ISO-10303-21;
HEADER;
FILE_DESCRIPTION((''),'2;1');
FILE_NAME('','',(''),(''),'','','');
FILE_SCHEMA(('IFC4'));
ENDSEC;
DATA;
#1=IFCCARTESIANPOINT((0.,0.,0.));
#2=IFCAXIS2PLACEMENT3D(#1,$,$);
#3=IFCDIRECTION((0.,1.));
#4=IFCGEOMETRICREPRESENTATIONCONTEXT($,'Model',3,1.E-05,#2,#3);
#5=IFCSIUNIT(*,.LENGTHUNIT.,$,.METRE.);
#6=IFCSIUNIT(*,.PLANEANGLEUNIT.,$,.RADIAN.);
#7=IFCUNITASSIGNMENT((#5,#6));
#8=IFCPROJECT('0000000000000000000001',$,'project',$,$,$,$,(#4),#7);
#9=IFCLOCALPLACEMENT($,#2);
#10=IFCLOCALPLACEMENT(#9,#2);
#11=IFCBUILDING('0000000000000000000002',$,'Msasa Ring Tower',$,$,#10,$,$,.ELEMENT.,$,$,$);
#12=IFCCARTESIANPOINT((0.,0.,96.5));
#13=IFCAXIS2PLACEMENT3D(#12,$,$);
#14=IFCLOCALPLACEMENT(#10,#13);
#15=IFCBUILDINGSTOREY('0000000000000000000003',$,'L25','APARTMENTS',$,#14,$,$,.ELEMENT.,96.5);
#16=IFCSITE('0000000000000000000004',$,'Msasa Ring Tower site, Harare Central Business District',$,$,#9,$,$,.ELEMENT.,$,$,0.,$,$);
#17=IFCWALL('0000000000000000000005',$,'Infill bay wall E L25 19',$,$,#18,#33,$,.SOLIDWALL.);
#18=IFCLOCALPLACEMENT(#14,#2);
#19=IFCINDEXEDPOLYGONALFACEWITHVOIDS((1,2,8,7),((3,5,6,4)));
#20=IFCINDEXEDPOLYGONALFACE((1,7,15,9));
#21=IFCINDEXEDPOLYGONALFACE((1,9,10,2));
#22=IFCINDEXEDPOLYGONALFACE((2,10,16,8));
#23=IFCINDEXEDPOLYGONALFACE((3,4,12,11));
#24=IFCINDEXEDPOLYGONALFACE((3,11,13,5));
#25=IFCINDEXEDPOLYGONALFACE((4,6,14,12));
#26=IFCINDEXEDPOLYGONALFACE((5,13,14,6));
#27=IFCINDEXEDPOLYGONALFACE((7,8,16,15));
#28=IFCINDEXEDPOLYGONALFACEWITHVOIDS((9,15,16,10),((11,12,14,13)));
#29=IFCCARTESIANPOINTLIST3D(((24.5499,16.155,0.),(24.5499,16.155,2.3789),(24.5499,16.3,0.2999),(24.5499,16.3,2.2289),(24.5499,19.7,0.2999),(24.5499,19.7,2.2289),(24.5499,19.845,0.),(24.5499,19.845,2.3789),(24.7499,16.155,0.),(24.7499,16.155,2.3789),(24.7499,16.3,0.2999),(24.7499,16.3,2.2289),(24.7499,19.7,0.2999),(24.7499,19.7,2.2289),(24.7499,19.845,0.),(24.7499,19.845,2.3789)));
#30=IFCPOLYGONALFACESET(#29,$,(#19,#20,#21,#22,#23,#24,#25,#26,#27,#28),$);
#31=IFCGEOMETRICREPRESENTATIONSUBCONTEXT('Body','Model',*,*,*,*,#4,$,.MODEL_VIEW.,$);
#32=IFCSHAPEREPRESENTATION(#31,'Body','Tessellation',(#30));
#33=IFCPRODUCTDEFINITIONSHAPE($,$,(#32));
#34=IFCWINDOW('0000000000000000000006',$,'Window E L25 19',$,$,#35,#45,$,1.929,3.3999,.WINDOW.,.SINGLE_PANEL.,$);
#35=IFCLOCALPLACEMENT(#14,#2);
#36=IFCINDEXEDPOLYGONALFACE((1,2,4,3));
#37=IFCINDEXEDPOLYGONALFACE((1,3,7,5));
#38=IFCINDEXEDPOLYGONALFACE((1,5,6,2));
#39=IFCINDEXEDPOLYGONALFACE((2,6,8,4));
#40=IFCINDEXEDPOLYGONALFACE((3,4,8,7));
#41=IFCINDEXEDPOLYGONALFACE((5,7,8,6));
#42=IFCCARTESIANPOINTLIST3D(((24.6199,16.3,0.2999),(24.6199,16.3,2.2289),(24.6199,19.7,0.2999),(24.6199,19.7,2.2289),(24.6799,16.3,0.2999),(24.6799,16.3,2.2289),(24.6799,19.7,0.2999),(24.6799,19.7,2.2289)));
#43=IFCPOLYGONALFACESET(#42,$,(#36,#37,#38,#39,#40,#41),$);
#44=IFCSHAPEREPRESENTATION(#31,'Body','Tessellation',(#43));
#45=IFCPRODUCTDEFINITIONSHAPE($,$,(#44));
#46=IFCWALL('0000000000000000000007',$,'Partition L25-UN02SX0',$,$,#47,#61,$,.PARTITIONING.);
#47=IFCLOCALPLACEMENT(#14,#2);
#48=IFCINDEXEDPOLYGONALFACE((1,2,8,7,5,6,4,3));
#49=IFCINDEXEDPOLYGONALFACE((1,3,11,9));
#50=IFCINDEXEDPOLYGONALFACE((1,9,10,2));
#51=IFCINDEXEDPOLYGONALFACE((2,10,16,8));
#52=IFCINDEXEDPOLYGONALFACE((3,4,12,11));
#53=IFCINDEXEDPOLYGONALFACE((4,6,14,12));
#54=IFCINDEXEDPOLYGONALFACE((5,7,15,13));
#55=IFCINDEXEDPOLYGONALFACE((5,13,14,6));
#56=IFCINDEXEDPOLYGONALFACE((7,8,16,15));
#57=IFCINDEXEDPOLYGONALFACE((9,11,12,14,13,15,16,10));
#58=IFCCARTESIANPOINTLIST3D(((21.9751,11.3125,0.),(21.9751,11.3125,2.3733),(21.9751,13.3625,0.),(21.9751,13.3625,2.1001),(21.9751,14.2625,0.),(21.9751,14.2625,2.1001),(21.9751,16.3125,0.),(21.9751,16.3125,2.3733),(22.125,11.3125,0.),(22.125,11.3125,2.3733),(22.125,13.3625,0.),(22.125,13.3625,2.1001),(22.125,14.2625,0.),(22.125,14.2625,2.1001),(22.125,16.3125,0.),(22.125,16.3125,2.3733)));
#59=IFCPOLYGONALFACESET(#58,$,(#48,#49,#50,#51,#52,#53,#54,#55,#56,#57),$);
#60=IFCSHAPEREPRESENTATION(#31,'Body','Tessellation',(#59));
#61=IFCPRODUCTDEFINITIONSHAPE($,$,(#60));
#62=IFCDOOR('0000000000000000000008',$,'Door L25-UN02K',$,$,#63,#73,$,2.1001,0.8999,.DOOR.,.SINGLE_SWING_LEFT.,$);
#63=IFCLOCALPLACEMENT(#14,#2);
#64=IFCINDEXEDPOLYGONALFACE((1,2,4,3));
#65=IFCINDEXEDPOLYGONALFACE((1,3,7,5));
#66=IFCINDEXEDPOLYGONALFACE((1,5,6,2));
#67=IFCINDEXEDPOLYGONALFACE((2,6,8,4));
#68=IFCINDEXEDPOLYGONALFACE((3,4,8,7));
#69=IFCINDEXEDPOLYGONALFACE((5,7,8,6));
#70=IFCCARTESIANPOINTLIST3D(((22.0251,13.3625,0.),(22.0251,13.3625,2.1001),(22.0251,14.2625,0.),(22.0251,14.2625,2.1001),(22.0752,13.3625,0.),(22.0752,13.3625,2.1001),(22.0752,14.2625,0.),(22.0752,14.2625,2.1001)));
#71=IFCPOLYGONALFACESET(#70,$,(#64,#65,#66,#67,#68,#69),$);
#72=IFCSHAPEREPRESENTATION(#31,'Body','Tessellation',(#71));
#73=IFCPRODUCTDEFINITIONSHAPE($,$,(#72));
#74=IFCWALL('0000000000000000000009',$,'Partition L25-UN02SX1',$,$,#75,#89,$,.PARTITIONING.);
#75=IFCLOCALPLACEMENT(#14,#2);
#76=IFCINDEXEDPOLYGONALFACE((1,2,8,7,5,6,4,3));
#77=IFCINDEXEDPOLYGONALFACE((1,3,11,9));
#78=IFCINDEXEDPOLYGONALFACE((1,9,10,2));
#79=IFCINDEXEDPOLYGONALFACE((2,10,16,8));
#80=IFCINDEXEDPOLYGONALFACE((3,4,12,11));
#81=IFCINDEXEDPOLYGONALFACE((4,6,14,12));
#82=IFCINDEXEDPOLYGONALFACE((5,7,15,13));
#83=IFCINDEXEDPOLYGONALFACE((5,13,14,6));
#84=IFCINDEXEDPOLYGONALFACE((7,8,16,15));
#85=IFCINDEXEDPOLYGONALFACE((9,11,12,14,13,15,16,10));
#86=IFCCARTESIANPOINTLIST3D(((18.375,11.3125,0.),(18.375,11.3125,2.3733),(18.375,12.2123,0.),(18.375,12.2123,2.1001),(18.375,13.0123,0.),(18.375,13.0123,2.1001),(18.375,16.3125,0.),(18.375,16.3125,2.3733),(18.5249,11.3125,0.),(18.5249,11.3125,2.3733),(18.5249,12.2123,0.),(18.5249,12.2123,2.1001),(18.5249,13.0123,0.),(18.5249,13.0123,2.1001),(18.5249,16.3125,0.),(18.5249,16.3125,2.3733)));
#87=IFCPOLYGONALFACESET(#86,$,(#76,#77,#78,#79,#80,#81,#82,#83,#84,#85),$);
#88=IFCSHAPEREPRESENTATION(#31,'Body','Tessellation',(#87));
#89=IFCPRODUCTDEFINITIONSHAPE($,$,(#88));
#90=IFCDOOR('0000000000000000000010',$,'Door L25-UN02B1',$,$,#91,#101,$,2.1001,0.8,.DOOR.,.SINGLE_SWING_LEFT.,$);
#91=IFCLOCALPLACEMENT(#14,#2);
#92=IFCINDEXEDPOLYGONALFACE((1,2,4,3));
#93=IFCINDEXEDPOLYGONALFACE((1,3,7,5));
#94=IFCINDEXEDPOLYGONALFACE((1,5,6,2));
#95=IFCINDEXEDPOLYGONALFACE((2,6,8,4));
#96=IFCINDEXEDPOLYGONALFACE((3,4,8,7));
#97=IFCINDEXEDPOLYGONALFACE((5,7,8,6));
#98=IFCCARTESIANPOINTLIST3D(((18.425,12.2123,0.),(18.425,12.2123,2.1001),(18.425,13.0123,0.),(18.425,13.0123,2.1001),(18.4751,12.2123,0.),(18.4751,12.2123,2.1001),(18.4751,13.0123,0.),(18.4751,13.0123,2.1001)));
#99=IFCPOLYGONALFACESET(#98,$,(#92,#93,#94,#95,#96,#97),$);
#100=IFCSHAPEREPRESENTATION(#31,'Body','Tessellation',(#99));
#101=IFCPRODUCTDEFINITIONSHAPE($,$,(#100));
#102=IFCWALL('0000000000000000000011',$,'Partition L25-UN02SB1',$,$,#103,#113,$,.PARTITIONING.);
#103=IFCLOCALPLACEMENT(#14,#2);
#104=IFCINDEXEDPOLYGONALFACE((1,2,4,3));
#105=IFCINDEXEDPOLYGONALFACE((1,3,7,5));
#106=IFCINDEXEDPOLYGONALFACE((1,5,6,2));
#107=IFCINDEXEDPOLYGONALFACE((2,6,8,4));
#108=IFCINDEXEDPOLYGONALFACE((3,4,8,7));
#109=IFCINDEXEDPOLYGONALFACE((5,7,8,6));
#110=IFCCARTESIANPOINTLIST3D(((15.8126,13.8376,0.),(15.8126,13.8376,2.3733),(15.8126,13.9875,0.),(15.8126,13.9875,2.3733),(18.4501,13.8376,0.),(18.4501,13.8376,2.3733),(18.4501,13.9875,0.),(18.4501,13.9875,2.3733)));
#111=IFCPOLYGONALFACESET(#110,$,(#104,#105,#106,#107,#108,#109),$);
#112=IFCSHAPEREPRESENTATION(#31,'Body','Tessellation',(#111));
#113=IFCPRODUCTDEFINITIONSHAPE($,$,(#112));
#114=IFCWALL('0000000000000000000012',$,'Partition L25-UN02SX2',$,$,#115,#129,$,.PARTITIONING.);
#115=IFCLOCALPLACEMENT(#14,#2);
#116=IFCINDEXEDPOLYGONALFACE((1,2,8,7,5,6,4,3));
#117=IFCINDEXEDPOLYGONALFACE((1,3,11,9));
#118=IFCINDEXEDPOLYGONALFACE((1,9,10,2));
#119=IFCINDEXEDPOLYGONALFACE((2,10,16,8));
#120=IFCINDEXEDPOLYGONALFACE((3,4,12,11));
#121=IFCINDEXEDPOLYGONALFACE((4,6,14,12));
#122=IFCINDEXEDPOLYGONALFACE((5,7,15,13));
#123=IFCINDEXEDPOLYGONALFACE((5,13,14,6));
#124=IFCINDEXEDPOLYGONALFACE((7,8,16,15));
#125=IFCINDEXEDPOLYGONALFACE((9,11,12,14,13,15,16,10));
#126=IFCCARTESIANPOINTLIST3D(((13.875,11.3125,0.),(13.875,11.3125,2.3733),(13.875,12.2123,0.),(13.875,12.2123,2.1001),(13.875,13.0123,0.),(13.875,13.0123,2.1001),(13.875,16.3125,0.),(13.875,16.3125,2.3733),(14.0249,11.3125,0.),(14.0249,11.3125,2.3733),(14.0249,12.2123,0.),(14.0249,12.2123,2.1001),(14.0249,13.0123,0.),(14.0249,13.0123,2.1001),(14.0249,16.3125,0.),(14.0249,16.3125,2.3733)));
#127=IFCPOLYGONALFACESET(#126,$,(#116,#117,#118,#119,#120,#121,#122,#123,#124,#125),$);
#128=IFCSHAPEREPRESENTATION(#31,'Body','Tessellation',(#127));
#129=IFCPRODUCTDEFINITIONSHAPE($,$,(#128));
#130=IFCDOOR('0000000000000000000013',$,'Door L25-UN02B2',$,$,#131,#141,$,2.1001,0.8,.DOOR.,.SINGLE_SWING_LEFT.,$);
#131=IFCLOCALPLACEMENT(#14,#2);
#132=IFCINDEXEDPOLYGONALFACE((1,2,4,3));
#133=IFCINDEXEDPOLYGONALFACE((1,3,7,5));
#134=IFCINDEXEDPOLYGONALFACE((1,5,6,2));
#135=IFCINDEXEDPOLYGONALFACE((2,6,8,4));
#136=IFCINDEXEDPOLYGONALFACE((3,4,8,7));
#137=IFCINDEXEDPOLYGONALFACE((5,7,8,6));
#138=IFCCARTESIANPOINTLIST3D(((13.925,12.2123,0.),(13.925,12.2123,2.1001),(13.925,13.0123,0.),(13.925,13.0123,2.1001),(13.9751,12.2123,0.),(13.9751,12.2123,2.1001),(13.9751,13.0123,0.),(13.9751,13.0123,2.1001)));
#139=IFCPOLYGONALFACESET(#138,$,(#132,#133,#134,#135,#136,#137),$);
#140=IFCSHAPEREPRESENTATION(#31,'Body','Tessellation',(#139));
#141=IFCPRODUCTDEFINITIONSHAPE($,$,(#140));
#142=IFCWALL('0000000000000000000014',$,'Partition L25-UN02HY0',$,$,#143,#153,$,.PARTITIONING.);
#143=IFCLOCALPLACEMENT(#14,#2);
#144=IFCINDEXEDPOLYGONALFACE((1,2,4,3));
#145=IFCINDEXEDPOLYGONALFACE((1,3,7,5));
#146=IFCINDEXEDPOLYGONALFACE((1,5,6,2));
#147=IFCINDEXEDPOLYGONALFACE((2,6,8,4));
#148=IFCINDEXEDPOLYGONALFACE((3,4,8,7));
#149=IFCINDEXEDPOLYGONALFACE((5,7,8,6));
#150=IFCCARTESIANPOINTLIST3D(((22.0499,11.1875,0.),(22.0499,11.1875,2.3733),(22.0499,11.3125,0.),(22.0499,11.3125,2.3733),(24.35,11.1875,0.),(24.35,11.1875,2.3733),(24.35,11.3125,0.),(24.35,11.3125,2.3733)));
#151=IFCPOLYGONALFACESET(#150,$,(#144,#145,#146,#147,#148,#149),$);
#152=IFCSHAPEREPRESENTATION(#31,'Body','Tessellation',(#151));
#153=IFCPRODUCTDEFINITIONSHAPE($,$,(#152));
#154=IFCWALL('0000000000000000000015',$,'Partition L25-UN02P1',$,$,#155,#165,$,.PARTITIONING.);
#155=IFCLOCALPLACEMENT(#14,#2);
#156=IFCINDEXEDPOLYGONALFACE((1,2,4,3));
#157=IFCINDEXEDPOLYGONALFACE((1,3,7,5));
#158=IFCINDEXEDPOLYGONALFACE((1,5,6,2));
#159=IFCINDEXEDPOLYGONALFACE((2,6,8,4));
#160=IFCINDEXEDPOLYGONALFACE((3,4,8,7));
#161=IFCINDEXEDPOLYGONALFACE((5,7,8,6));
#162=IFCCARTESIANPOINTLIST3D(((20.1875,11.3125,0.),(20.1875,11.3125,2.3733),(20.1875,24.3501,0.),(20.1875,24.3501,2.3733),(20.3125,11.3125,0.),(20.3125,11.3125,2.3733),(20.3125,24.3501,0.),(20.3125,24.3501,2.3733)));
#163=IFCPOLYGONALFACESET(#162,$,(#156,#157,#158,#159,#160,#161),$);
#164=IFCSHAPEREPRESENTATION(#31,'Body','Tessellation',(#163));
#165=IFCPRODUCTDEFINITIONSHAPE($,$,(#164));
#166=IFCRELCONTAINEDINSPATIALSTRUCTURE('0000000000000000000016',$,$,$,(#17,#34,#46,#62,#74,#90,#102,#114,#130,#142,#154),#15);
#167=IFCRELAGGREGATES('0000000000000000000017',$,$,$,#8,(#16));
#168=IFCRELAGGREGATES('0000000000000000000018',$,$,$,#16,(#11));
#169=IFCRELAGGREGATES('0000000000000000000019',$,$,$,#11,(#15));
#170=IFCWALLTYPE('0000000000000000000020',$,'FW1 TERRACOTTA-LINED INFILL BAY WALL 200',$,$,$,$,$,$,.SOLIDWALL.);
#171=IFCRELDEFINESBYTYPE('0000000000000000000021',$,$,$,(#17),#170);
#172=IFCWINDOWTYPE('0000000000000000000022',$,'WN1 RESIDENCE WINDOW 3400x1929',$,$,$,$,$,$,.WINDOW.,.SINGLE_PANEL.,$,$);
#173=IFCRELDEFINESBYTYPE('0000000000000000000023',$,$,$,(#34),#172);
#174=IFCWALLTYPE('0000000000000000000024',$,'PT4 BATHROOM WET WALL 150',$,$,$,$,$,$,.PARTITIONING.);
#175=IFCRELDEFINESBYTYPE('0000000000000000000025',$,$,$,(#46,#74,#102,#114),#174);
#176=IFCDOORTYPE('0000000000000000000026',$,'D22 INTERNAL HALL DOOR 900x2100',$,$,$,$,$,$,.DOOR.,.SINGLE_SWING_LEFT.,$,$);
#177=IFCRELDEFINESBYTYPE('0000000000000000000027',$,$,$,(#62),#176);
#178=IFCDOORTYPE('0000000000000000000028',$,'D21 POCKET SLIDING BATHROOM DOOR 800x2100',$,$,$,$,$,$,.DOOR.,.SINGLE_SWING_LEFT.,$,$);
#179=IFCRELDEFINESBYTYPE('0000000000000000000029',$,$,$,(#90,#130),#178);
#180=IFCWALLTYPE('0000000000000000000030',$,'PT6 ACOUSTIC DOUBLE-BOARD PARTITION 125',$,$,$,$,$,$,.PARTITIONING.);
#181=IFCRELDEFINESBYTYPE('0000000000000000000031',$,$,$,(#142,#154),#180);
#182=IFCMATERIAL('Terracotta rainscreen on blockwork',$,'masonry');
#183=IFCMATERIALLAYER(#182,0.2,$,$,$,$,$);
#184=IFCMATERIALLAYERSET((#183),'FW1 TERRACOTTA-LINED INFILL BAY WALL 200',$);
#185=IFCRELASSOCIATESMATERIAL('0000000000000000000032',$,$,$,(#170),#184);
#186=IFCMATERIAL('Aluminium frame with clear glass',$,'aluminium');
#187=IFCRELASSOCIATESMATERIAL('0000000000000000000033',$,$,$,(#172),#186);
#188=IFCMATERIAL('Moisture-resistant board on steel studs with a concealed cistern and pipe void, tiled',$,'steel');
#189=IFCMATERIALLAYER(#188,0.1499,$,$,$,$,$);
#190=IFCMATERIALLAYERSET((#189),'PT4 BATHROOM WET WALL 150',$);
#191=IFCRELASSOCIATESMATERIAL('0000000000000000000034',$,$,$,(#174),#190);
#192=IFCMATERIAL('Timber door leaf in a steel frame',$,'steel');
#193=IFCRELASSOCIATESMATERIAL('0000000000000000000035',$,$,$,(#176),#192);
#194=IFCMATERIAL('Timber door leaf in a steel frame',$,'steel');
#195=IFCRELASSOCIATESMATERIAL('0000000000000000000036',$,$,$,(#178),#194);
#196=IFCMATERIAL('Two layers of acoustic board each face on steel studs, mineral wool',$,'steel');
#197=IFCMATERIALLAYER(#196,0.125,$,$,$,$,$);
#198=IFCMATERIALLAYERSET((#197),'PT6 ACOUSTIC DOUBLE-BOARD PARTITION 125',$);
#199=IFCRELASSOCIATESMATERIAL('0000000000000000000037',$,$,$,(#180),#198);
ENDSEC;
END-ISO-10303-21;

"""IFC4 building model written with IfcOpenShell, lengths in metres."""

from ifc_helpers import new_model, si_unit, direction, frame, frame_2d, origin, place, context, subcontext, project, spatial, rectangle, extrude, material, layer, layer_set, type_object, element, fill, save


model = new_model("IFC4")

# Units and contexts
model_context = context("Model", 3, precision=1e-05, world=origin(), true_north=direction((0.0, 1.0)))
body_context = subcontext(model_context, "Body", "Model", "MODEL_VIEW")
ifc_project = project(units=[si_unit("LENGTHUNIT", "METRE"), si_unit("PLANEANGLEUNIT", "RADIAN")], contexts=[model_context])

# Site, building, storey
site_placement = place(None, origin())
site = spatial("IfcSite", under=ifc_project, at=site_placement, Name="Msasa Ring Tower site, Harare Central Business District", CompositionType="ELEMENT", RefElevation=0.0)
building_placement = place(site_placement, origin())
building = spatial("IfcBuilding", under=site, at=building_placement, Name="Msasa Ring Tower", CompositionType="ELEMENT")
storey_placement = place(building_placement, frame((0.0, 0.0, 96.5)))
storey = spatial("IfcBuildingStorey", under=building, at=storey_placement, Name="L25", Description="APARTMENTS", CompositionType="ELEMENT", Elevation=96.5)

# Wall, opening, window
ifc_material_1 = material(Name="Terracotta rainscreen on blockwork", Category="masonry")
ifc_layer_1 = layer(ifc_material_1, 0.2)
ifc_layer_set_1 = layer_set([ifc_layer_1], Name="FW1 TERRACOTTA-LINED INFILL BAY WALL 200")
wall_type_1 = type_object("IfcWallType", Name="FW1 TERRACOTTA-LINED INFILL BAY WALL 200", PredefinedType="SOLIDWALL", material=ifc_layer_set_1)
ifc_material_2 = material(Name="Aluminium frame with clear glass", Category="aluminium")
window_type = type_object("IfcWindowType", Name="WN1 RESIDENCE WINDOW 3400x1929", PartitioningType="SINGLE_PANEL", PredefinedType="WINDOW", material=ifc_material_2)
wall_1_placement = place(storey_placement, frame((24.6499, 16.155, 0.0), z_axis=(0.0, 0.0, 1.0), x_axis=(0.0, 1.0, 0.0)))
wall_1 = element("IfcWall", 1, at=wall_1_placement, inside=storey, type_object=wall_type_1, Name="Infill bay wall E L25 19", PredefinedType="SOLIDWALL", context=body_context, shape_type="SweptSolid", body=[
    extrude(rectangle(XDim=3.6899, YDim=0.2, at=frame_2d((1.845, 0.0))), origin(), (0.0, 0.0, 1.0), 2.3789),
])
opening_1_placement = place(wall_1_placement, frame((0.145, 0.0, 0.3)))
opening_1 = element("IfcOpeningElement", 2, at=opening_1_placement, cuts=wall_1, PredefinedType="OPENING", context=body_context, shape_type="SweptSolid", body=[
    extrude(rectangle(XDim=3.3999, YDim=1.929, at=frame_2d((1.7, 0.9644))), frame((0.0, 0.1099, 0.0), z_axis=(0.0, -1.0, 0.0), x_axis=(1.0, 0.0, 0.0)), (0.0, 0.0, 1.0), 0.22),
])
window_1_placement = place(opening_1_placement, origin())
window_1 = element("IfcWindow", 3, at=window_1_placement, inside=storey, type_object=window_type, Name="Window E L25 19", OverallHeight=1.929, OverallWidth=3.3999, PartitioningType="SINGLE_PANEL", PredefinedType="WINDOW", context=body_context, shape_type="SweptSolid", body=[
    extrude(rectangle(XDim=3.3999, YDim=1.929, at=frame_2d((1.7, 0.9644))), frame((0.0, 0.03, 0.0), z_axis=(0.0, -1.0, 0.0), x_axis=(1.0, 0.0, 0.0)), (0.0, 0.0, 1.0), 0.0601),
])
fill(opening_1, window_1)

# Walls, openings, doors
ifc_material_3 = material(Name="Moisture-resistant board on steel studs with a concealed cistern and pipe void, tiled", Category="steel")
ifc_layer_2 = layer(ifc_material_3, 0.1499)
ifc_layer_set_2 = layer_set([ifc_layer_2], Name="PT4 BATHROOM WET WALL 150")
wall_type_2 = type_object("IfcWallType", Name="PT4 BATHROOM WET WALL 150", PredefinedType="PARTITIONING", material=ifc_layer_set_2)
wall_2_placement = place(storey_placement, frame((22.05, 11.3125, 0.0), z_axis=(0.0, 0.0, 1.0), x_axis=(0.0, 1.0, 0.0)))
wall_2 = element("IfcWall", 4, at=wall_2_placement, inside=storey, type_object=wall_type_2, Name="Partition L25-UN02SX0", PredefinedType="PARTITIONING", context=body_context, shape_type="SweptSolid", body=[
    extrude(rectangle(XDim=5.0, YDim=0.1499, at=frame_2d((2.5, 0.0))), origin(), (0.0, 0.0, 1.0), 2.3733),
])
opening_2_placement = place(wall_2_placement, frame((2.05, 0.0, 0.0)))
opening_2 = element("IfcOpeningElement", 5, at=opening_2_placement, cuts=wall_2, PredefinedType="OPENING", context=body_context, shape_type="SweptSolid", body=[
    extrude(rectangle(XDim=0.8999, YDim=2.1001, at=frame_2d((0.45, 1.05))), frame((0.0, 0.085, 0.0), z_axis=(0.0, -1.0, 0.0), x_axis=(1.0, 0.0, 0.0)), (0.0, 0.0, 1.0), 0.1699),
])
ifc_material_4 = material(Name="Timber door leaf in a steel frame", Category="steel")
door_type_1 = type_object("IfcDoorType", Name="D22 INTERNAL HALL DOOR 900x2100", OperationType="SINGLE_SWING_LEFT", PredefinedType="DOOR", material=ifc_material_4)
door_1_placement = place(opening_2_placement, origin())
door_1 = element("IfcDoor", 6, at=door_1_placement, inside=storey, type_object=door_type_1, Name="Door L25-UN02K", OperationType="SINGLE_SWING_LEFT", OverallHeight=2.1001, OverallWidth=0.8999, PredefinedType="DOOR", context=body_context, shape_type="SweptSolid", body=[
    extrude(rectangle(XDim=0.8999, YDim=2.1001, at=frame_2d((0.45, 1.05))), frame((0.0, 0.0249, 0.0), z_axis=(0.0, -1.0, 0.0), x_axis=(1.0, 0.0, 0.0)), (0.0, 0.0, 1.0), 0.05),
])
fill(opening_2, door_1)
wall_3_placement = place(storey_placement, frame((18.45, 11.3125, 0.0), z_axis=(0.0, 0.0, 1.0), x_axis=(0.0, 1.0, 0.0)))
wall_3 = element("IfcWall", 7, at=wall_3_placement, inside=storey, type_object=wall_type_2, Name="Partition L25-UN02SX1", PredefinedType="PARTITIONING", context=body_context, shape_type="SweptSolid", body=[
    extrude(rectangle(XDim=5.0, YDim=0.1499, at=frame_2d((2.5, 0.0))), origin(), (0.0, 0.0, 1.0), 2.3733),
])
opening_3_placement = place(wall_3_placement, frame((0.8999, 0.0, 0.0)))
opening_3 = element("IfcOpeningElement", 8, at=opening_3_placement, cuts=wall_3, PredefinedType="OPENING", context=body_context, shape_type="SweptSolid", body=[
    extrude(rectangle(XDim=0.8, YDim=2.1001, at=frame_2d((0.3999, 1.05))), frame((0.0, 0.085, 0.0), z_axis=(0.0, -1.0, 0.0), x_axis=(1.0, 0.0, 0.0)), (0.0, 0.0, 1.0), 0.1699),
])
ifc_material_5 = material(Name="Timber door leaf in a steel frame", Category="steel")
door_type_2 = type_object("IfcDoorType", Name="D21 POCKET SLIDING BATHROOM DOOR 800x2100", OperationType="SINGLE_SWING_LEFT", PredefinedType="DOOR", material=ifc_material_5)
door_2_placement = place(opening_3_placement, origin())
door_2 = element("IfcDoor", 9, at=door_2_placement, inside=storey, type_object=door_type_2, Name="Door L25-UN02B1", OperationType="SINGLE_SWING_LEFT", OverallHeight=2.1001, OverallWidth=0.8, PredefinedType="DOOR", context=body_context, shape_type="SweptSolid", body=[
    extrude(rectangle(XDim=0.8, YDim=2.1001, at=frame_2d((0.3999, 1.05))), frame((0.0, 0.0249, 0.0), z_axis=(0.0, -1.0, 0.0), x_axis=(1.0, 0.0, 0.0)), (0.0, 0.0, 1.0), 0.05),
])
fill(opening_3, door_2)

# Wall
wall_4_placement = place(storey_placement, frame((15.8125, 13.9126, 0.0), z_axis=(0.0, 0.0, 1.0), x_axis=(1.0, 0.0, 0.0)))
element("IfcWall", 10, at=wall_4_placement, inside=storey, type_object=wall_type_2, Name="Partition L25-UN02SB1", PredefinedType="PARTITIONING", context=body_context, shape_type="SweptSolid", body=[
    extrude(rectangle(XDim=2.6375, YDim=0.1499, at=frame_2d((1.3188, 0.0))), origin(), (0.0, 0.0, 1.0), 2.3733),
])

# Wall, opening, door
wall_5_placement = place(storey_placement, frame((13.95, 11.3125, 0.0), z_axis=(0.0, 0.0, 1.0), x_axis=(0.0, 1.0, 0.0)))
wall_5 = element("IfcWall", 11, at=wall_5_placement, inside=storey, type_object=wall_type_2, Name="Partition L25-UN02SX2", PredefinedType="PARTITIONING", context=body_context, shape_type="SweptSolid", body=[
    extrude(rectangle(XDim=5.0, YDim=0.1499, at=frame_2d((2.5, 0.0))), origin(), (0.0, 0.0, 1.0), 2.3733),
])
opening_4_placement = place(wall_5_placement, frame((0.8999, 0.0, 0.0)))
opening_4 = element("IfcOpeningElement", 12, at=opening_4_placement, cuts=wall_5, PredefinedType="OPENING", context=body_context, shape_type="SweptSolid", body=[
    extrude(rectangle(XDim=0.8, YDim=2.1001, at=frame_2d((0.3999, 1.05))), frame((0.0, 0.085, 0.0), z_axis=(0.0, -1.0, 0.0), x_axis=(1.0, 0.0, 0.0)), (0.0, 0.0, 1.0), 0.1699),
])
door_3_placement = place(opening_4_placement, origin())
door_3 = element("IfcDoor", 13, at=door_3_placement, inside=storey, type_object=door_type_2, Name="Door L25-UN02B2", OperationType="SINGLE_SWING_LEFT", OverallHeight=2.1001, OverallWidth=0.8, PredefinedType="DOOR", context=body_context, shape_type="SweptSolid", body=[
    extrude(rectangle(XDim=0.8, YDim=2.1001, at=frame_2d((0.3999, 1.05))), frame((0.0, 0.0249, 0.0), z_axis=(0.0, -1.0, 0.0), x_axis=(1.0, 0.0, 0.0)), (0.0, 0.0, 1.0), 0.05),
])
fill(opening_4, door_3)

# Walls
ifc_material_6 = material(Name="Two layers of acoustic board each face on steel studs, mineral wool", Category="steel")
ifc_layer_3 = layer(ifc_material_6, 0.125)
ifc_layer_set_3 = layer_set([ifc_layer_3], Name="PT6 ACOUSTIC DOUBLE-BOARD PARTITION 125")
wall_type_3 = type_object("IfcWallType", Name="PT6 ACOUSTIC DOUBLE-BOARD PARTITION 125", PredefinedType="PARTITIONING", material=ifc_layer_set_3)
wall_6_placement = place(storey_placement, frame((22.05, 11.25, 0.0), z_axis=(0.0, 0.0, 1.0), x_axis=(1.0, 0.0, 0.0)))
element("IfcWall", 14, at=wall_6_placement, inside=storey, type_object=wall_type_3, Name="Partition L25-UN02HY0", PredefinedType="PARTITIONING", context=body_context, shape_type="SweptSolid", body=[
    extrude(rectangle(XDim=2.3, YDim=0.125, at=frame_2d((1.1499, 0.0))), origin(), (0.0, 0.0, 1.0), 2.3733),
])
wall_7_placement = place(storey_placement, frame((20.25, 11.3125, 0.0), z_axis=(0.0, 0.0, 1.0), x_axis=(0.0, 1.0, 0.0)))
element("IfcWall", 15, at=wall_7_placement, inside=storey, type_object=wall_type_3, Name="Partition L25-UN02P1", PredefinedType="PARTITIONING", context=body_context, shape_type="SweptSolid", body=[
    extrude(rectangle(XDim=13.0376, YDim=0.125, at=frame_2d((6.5188, 0.0))), origin(), (0.0, 0.0, 1.0), 2.3733),
])

save(model, "model.ifc")
